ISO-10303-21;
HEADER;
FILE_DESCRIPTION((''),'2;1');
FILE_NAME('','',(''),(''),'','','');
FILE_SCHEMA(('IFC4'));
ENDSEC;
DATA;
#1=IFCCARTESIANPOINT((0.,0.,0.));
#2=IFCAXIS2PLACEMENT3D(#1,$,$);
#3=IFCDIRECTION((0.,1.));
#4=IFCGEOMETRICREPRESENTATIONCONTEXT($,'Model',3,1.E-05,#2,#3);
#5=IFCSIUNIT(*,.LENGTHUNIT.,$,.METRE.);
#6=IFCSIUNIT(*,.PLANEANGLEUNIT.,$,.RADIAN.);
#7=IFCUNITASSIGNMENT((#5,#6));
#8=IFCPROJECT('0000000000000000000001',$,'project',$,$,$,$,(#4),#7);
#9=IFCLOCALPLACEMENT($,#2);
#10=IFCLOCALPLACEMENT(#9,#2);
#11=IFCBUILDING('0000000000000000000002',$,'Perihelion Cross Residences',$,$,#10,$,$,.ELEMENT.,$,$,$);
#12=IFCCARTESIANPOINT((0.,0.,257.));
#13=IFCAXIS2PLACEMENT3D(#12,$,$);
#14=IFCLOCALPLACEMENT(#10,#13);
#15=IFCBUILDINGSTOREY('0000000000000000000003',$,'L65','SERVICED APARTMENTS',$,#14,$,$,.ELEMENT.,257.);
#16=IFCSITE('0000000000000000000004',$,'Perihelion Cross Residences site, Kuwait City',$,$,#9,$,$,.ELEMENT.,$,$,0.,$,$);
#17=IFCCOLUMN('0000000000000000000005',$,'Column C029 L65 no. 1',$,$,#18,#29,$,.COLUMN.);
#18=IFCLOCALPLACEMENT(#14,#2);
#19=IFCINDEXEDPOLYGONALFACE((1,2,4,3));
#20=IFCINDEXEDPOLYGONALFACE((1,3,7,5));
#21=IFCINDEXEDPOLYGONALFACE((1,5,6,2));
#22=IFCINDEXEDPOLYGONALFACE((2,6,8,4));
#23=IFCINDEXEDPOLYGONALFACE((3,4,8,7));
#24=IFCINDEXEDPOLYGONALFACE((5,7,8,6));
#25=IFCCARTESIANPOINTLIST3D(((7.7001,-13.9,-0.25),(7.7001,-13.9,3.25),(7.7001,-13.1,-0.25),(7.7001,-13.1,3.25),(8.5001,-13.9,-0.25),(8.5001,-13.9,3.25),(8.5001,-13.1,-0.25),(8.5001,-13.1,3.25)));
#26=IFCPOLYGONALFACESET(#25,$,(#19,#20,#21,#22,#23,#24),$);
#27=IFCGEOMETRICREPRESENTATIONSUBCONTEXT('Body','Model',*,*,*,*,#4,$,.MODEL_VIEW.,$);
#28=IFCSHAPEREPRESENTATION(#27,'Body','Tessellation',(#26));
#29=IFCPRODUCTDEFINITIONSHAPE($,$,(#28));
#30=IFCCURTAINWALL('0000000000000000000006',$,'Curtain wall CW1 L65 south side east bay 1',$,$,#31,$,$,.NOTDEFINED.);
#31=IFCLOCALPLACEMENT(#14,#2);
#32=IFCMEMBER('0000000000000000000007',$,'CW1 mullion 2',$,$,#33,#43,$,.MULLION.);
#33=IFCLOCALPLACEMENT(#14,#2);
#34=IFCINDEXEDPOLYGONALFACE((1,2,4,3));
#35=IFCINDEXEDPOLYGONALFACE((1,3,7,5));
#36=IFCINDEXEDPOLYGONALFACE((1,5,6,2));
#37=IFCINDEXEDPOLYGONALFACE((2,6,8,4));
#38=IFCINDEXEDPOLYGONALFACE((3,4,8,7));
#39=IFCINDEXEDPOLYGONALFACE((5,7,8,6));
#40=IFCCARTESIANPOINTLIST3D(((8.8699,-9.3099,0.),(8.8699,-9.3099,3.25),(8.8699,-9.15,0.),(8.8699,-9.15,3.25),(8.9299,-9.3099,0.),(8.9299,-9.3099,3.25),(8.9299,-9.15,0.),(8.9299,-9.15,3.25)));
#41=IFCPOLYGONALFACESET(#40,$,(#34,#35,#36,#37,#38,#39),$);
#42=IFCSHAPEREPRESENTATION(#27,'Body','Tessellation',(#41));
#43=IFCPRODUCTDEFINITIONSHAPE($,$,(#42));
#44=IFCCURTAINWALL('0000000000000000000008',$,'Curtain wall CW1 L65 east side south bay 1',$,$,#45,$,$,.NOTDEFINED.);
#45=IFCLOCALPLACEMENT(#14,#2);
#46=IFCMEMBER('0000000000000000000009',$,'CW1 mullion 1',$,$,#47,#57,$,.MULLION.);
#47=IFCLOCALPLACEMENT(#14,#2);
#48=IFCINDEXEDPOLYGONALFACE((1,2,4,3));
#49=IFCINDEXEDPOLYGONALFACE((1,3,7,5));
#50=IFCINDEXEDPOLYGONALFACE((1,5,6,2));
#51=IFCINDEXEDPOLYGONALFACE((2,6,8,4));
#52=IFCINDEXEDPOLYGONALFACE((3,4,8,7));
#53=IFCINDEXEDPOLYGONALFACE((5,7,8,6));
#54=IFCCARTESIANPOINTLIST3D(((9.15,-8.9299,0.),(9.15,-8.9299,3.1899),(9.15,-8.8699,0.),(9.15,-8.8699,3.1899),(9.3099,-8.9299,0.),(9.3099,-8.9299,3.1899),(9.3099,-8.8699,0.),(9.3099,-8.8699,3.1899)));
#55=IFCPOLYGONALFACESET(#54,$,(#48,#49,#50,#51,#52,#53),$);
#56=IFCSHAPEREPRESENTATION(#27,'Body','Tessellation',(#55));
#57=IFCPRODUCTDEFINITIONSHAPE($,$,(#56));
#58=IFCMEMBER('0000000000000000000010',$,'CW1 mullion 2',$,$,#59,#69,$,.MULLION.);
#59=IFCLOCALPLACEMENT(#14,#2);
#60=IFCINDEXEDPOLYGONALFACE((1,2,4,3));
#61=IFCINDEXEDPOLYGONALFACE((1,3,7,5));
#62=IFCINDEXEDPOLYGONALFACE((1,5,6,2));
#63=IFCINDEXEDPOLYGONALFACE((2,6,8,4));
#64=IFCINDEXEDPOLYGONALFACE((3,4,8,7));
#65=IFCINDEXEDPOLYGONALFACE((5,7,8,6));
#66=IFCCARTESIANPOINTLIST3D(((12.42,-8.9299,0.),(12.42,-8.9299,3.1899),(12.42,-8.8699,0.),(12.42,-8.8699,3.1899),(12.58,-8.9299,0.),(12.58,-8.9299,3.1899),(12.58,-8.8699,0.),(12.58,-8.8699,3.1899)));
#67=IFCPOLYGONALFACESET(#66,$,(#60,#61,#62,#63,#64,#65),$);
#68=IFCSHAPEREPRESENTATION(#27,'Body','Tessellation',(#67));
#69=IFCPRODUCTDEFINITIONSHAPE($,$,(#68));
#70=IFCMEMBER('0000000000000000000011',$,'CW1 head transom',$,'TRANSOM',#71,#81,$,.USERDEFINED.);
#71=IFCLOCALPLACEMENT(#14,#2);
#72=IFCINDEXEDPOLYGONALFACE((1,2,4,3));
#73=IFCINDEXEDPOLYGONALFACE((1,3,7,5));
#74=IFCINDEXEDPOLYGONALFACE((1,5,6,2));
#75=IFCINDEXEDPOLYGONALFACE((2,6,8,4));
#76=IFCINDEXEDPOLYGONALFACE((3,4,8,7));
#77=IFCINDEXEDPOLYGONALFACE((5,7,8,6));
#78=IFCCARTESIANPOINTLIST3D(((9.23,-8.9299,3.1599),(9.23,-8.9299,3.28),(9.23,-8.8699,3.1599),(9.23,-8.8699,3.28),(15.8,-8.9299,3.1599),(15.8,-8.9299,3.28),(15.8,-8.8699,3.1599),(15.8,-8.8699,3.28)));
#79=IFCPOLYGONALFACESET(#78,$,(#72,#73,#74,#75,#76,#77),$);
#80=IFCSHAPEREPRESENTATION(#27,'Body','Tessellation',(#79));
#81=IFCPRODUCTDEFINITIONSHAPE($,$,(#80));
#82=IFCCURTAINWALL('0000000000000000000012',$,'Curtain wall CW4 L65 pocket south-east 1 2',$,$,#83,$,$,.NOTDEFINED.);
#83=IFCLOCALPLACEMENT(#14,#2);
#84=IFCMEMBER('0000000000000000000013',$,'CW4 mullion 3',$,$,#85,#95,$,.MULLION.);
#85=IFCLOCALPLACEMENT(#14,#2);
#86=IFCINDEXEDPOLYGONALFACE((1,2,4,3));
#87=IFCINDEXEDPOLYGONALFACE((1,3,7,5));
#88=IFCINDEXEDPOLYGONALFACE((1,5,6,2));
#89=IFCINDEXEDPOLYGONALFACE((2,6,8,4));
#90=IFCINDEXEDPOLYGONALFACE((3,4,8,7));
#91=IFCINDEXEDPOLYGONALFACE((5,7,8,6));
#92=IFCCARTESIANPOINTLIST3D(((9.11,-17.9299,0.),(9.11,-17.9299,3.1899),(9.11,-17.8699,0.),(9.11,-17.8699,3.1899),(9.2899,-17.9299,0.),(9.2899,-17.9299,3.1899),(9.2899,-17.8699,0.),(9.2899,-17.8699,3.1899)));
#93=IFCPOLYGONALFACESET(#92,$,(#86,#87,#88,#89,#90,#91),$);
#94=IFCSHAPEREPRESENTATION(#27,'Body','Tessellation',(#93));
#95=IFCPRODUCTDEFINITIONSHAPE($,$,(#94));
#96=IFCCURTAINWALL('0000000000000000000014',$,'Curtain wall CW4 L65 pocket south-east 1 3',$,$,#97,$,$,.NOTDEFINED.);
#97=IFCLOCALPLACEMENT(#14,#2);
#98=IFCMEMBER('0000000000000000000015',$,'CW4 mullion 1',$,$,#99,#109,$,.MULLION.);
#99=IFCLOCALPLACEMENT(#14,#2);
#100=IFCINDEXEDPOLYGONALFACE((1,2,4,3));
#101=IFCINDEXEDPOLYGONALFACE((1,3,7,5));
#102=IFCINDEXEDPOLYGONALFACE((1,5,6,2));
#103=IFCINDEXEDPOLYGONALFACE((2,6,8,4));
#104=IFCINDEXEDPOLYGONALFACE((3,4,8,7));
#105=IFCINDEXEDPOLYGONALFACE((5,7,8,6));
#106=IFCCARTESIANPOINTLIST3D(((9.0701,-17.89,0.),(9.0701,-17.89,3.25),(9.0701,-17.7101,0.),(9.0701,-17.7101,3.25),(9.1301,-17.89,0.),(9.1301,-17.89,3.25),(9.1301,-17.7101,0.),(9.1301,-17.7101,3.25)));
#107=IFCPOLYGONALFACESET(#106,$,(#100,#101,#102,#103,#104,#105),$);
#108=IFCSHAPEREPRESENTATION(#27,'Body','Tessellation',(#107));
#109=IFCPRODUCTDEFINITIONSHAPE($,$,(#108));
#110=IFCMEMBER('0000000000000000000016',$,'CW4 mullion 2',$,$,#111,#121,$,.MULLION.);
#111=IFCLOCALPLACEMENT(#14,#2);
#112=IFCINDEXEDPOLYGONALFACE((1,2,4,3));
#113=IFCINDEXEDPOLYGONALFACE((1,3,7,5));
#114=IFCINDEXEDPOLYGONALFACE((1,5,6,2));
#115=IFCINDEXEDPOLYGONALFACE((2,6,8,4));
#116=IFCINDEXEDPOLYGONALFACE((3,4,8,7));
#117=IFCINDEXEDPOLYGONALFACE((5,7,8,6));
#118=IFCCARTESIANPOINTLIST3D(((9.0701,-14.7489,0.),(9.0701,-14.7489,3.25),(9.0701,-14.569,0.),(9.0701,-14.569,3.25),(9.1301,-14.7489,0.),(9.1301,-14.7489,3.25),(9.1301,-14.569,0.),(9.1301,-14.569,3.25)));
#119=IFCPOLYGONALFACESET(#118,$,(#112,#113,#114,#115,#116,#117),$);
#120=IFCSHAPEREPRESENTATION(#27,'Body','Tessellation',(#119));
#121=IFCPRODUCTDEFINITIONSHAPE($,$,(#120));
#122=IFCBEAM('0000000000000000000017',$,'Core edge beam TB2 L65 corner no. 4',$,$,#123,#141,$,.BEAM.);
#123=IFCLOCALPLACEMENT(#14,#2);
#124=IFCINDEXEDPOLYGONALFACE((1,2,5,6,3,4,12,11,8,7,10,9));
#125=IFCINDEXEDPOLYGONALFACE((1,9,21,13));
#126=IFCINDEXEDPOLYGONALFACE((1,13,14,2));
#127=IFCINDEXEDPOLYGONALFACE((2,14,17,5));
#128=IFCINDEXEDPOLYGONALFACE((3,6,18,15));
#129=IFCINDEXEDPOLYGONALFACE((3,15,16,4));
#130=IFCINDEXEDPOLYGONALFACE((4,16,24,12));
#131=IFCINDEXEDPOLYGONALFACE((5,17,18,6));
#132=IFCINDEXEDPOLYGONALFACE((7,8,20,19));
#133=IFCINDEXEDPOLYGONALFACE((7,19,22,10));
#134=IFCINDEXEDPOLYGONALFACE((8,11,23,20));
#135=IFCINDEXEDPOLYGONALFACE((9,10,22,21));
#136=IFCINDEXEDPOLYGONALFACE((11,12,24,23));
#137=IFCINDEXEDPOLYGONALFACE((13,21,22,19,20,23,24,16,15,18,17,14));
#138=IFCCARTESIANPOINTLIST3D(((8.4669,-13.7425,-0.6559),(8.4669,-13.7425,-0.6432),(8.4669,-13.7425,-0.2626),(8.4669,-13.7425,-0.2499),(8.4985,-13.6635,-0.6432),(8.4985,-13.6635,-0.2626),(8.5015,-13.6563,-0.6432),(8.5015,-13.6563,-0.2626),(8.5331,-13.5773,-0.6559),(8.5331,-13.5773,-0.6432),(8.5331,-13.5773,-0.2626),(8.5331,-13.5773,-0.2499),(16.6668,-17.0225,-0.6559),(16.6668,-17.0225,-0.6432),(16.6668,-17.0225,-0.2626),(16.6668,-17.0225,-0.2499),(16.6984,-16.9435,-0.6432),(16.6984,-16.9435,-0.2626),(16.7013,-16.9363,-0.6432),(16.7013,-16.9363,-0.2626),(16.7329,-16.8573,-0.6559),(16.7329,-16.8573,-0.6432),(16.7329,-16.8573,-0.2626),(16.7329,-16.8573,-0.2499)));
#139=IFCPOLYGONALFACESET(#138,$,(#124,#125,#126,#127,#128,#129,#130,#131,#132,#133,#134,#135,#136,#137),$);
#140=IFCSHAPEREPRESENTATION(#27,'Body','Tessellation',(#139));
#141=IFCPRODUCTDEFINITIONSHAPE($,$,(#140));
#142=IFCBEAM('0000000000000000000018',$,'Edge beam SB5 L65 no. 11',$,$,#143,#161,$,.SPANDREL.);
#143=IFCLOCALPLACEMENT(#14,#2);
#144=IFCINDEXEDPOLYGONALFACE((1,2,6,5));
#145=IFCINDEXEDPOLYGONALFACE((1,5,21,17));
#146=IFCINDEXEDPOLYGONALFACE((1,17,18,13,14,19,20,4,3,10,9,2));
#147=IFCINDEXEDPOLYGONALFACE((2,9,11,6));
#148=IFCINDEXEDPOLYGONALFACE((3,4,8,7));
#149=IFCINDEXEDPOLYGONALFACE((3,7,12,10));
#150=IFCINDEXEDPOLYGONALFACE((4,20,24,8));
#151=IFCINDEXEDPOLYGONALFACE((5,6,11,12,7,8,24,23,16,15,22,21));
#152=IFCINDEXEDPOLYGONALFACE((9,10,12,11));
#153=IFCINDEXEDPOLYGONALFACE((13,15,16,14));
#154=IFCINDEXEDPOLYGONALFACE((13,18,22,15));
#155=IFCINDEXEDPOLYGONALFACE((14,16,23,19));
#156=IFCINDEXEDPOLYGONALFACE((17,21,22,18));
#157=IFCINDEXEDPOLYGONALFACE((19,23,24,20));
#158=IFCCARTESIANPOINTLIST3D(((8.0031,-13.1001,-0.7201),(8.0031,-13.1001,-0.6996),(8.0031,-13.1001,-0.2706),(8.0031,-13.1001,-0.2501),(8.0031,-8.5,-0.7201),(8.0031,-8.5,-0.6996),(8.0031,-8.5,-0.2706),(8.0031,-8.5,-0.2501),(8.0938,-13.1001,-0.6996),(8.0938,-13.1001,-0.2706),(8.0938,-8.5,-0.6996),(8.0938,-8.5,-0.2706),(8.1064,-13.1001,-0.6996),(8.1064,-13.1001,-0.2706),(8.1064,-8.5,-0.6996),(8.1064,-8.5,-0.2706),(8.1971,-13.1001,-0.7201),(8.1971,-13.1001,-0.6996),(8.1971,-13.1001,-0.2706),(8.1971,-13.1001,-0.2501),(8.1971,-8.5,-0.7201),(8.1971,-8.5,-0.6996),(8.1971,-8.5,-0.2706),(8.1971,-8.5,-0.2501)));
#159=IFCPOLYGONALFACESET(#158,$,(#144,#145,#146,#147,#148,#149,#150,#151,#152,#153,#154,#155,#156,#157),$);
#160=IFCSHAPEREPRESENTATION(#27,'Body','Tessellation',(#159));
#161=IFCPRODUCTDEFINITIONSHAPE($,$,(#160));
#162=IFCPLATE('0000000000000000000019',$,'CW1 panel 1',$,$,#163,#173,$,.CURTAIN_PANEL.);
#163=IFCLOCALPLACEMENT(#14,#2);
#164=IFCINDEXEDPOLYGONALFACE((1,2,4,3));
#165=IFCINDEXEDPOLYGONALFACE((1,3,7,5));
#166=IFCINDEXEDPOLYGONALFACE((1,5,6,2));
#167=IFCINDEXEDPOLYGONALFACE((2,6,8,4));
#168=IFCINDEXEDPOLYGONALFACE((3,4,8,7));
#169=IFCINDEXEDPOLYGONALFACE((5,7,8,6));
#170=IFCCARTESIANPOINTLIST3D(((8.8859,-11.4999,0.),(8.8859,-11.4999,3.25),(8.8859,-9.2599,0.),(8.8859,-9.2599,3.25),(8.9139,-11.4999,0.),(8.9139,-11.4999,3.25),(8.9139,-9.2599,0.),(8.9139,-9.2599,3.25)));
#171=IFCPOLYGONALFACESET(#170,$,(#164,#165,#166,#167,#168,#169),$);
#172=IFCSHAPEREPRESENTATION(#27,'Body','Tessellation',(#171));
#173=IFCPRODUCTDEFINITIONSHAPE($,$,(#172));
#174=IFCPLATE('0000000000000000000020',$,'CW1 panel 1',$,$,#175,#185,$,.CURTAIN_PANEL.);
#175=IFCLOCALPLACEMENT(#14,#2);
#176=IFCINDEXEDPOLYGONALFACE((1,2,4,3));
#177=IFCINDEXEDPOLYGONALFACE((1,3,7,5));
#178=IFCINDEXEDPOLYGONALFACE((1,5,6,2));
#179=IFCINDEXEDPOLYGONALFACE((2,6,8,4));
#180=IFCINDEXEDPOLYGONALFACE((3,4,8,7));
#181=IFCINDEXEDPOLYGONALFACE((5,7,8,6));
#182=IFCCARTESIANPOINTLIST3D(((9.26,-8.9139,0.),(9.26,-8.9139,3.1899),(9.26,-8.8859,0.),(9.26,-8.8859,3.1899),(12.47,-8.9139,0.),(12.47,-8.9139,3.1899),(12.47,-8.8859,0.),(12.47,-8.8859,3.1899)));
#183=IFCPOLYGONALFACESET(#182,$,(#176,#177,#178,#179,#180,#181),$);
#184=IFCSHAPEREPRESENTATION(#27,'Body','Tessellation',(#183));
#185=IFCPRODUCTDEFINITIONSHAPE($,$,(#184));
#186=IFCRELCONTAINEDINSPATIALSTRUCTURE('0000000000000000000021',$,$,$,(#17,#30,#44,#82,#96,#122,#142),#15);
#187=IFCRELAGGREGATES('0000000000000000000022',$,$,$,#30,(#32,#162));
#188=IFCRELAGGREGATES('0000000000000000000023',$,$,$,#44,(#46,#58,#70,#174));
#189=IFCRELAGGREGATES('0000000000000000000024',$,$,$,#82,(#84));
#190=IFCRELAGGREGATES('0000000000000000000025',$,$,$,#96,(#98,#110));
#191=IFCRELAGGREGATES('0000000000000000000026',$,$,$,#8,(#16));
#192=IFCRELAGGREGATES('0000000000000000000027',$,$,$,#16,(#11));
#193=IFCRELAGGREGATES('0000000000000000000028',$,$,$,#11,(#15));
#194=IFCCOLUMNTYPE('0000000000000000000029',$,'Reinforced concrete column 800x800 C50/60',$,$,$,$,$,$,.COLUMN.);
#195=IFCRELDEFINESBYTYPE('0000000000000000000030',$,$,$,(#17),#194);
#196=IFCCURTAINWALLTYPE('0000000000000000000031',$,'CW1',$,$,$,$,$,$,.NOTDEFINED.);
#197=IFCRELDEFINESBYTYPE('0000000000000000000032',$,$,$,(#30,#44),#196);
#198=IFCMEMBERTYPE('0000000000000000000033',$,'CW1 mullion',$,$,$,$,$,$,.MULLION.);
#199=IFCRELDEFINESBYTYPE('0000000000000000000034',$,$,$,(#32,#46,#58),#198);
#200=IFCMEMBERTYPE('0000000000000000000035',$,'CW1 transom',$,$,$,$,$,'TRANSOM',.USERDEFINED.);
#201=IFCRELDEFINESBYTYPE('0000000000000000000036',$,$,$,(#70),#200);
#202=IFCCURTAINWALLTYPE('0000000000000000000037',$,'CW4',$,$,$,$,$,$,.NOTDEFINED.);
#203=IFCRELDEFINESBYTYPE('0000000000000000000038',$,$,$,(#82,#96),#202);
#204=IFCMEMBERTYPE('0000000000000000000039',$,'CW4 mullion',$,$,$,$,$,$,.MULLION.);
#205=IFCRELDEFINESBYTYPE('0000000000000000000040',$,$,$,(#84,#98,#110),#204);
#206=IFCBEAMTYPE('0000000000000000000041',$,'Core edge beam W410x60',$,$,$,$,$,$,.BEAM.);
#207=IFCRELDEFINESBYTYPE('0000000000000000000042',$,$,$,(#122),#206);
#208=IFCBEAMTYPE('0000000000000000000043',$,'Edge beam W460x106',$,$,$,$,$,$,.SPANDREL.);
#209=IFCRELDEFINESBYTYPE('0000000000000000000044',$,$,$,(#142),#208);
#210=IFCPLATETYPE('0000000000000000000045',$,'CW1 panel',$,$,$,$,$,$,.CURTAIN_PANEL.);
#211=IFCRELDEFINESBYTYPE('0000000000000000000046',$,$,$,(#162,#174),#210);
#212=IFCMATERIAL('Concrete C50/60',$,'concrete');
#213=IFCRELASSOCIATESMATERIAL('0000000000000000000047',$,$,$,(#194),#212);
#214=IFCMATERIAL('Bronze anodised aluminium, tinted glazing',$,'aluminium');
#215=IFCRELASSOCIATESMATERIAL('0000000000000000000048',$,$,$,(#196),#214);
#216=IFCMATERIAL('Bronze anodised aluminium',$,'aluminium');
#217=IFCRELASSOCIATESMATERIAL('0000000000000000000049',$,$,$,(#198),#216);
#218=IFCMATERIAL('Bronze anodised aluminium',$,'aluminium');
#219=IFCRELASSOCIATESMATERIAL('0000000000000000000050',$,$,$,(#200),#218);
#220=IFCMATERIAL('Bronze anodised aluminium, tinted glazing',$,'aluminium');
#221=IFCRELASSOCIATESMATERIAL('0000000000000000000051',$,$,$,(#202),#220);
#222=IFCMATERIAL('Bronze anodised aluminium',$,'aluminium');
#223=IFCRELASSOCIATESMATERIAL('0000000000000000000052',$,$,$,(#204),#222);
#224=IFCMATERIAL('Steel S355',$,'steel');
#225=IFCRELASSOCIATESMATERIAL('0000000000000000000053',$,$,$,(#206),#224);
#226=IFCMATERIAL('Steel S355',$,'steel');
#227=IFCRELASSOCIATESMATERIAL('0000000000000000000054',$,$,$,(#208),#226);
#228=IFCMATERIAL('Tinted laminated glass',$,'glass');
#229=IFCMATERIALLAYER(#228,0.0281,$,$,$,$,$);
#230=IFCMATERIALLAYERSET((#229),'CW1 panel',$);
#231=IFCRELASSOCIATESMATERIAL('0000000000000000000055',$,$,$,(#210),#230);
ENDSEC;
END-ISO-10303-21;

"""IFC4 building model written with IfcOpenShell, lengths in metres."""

from ifc_helpers import new_model, si_unit, direction, frame, origin, origin_2d, place, context, subcontext, project, spatial, rectangle, i_section, extrude, material, layer, layer_set, material_profile, profile_set, type_object, element, aggregate, save


model = new_model("IFC4")

# Units and contexts
model_context = context("Model", 3, precision=1e-05, world=origin(), true_north=direction((0.0, 1.0)))
body_context = subcontext(model_context, "Body", "Model", "MODEL_VIEW")
ifc_project = project(units=[si_unit("LENGTHUNIT", "METRE"), si_unit("PLANEANGLEUNIT", "RADIAN")], contexts=[model_context])

# Site, building, storey
site_placement = place(None, origin())
site = spatial("IfcSite", under=ifc_project, at=site_placement, Name="Perihelion Cross Residences site, Kuwait City", CompositionType="ELEMENT", RefElevation=0.0)
building_placement = place(site_placement, origin())
building = spatial("IfcBuilding", under=site, at=building_placement, Name="Perihelion Cross Residences", CompositionType="ELEMENT")
storey_placement = place(building_placement, frame((0.0, 0.0, 257.0)))
storey = spatial("IfcBuildingStorey", under=building, at=storey_placement, Name="L65", Description="SERVICED APARTMENTS", CompositionType="ELEMENT", Elevation=257.0)

# Column
ifc_material_1 = material(Name="Concrete C50/60", Category="concrete")
ifc_material_profile_1 = material_profile(ifc_material_1, rectangle(XDim=0.8, YDim=0.8, at=origin_2d()), Name="RC 800x800")
ifc_profile_set_1 = profile_set([ifc_material_profile_1], Name="Concrete C50/60")
column_type = type_object("IfcColumnType", Name="Reinforced concrete column 800x800 C50/60", PredefinedType="COLUMN", material=ifc_profile_set_1)
column_placement = place(storey_placement, frame((8.1001, -13.5, -0.25), z_axis=(0.0, 0.0, 1.0), x_axis=(1.0, 0.0, 0.0)))
element("IfcColumn", 1, at=column_placement, inside=storey, type_object=column_type, Name="Column C029 L65 no. 1", PredefinedType="COLUMN", context=body_context, shape_type="SweptSolid", body=[
    extrude(rectangle(XDim=0.8, YDim=0.8, at=origin_2d()), origin(), (0.0, 0.0, 1.0), 3.5),
])

# Curtain wall, member
ifc_material_2 = material(Name="Bronze anodised aluminium, tinted glazing", Category="aluminium")
curtain_wall_type_1 = type_object("IfcCurtainWallType", Name="CW1", PredefinedType="NOTDEFINED", material=ifc_material_2)
curtain_wall_1_placement = place(storey_placement, origin())
curtain_wall_1 = element("IfcCurtainWall", 2, at=curtain_wall_1_placement, inside=storey, type_object=curtain_wall_type_1, Name="Curtain wall CW1 L65 south side east bay 1", PredefinedType="NOTDEFINED")
ifc_material_3 = material(Name="Bronze anodised aluminium", Category="aluminium")
ifc_material_profile_2 = material_profile(ifc_material_3, rectangle(XDim=0.0601, YDim=0.1599, at=origin_2d()), Name="CW1 mullion")
ifc_profile_set_2 = profile_set([ifc_material_profile_2], Name="Bronze anodised aluminium")
member_type_1 = type_object("IfcMemberType", Name="CW1 mullion", PredefinedType="MULLION", material=ifc_profile_set_2)
member_1_placement = place(storey_placement, frame((8.8999, -9.23, 0.0), z_axis=(0.0, 0.0, 1.0), x_axis=(-1.0, 0.0, 0.0)))
member_1 = element("IfcMember", 3, at=member_1_placement, type_object=member_type_1, Name="CW1 mullion 2", PredefinedType="MULLION", context=body_context, shape_type="SweptSolid", body=[
    extrude(rectangle(XDim=0.0601, YDim=0.1599, at=origin_2d()), origin(), (0.0, 0.0, 1.0), 3.25),
])

# Curtain wall, members
curtain_wall_2_placement = place(storey_placement, origin())
curtain_wall_2 = element("IfcCurtainWall", 4, at=curtain_wall_2_placement, inside=storey, type_object=curtain_wall_type_1, Name="Curtain wall CW1 L65 east side south bay 1", PredefinedType="NOTDEFINED")
member_2_placement = place(storey_placement, frame((9.23, -8.8999, 0.0), z_axis=(0.0, 0.0, 1.0), x_axis=(0.0, 1.0, 0.0)))
member_2 = element("IfcMember", 5, at=member_2_placement, type_object=member_type_1, Name="CW1 mullion 1", PredefinedType="MULLION", context=body_context, shape_type="SweptSolid", body=[
    extrude(rectangle(XDim=0.0601, YDim=0.1599, at=origin_2d()), origin(), (0.0, 0.0, 1.0), 3.1899),
])
member_3_placement = place(storey_placement, frame((12.5, -8.8999, 0.0), z_axis=(0.0, 0.0, 1.0), x_axis=(0.0, 1.0, 0.0)))
member_3 = element("IfcMember", 6, at=member_3_placement, type_object=member_type_1, Name="CW1 mullion 2", PredefinedType="MULLION", context=body_context, shape_type="SweptSolid", body=[
    extrude(rectangle(XDim=0.0601, YDim=0.1599, at=origin_2d()), origin(), (0.0, 0.0, 1.0), 3.1899),
])
ifc_material_4 = material(Name="Bronze anodised aluminium", Category="aluminium")
ifc_material_profile_3 = material_profile(ifc_material_4, rectangle(XDim=0.0601, YDim=0.1201, at=origin_2d()), Name="CW1 transom")
ifc_profile_set_3 = profile_set([ifc_material_profile_3], Name="Bronze anodised aluminium")
member_type_2 = type_object("IfcMemberType", Name="CW1 transom", ElementType="TRANSOM", PredefinedType="USERDEFINED", material=ifc_profile_set_3)
member_4_placement = place(storey_placement, frame((9.23, -8.8999, 3.22), z_axis=(1.0, 0.0, 0.0), x_axis=(0.0, 1.0, 0.0)))
member_4 = element("IfcMember", 7, at=member_4_placement, type_object=member_type_2, Name="CW1 head transom", ObjectType="TRANSOM", PredefinedType="USERDEFINED", context=body_context, shape_type="SweptSolid", body=[
    extrude(rectangle(XDim=0.0601, YDim=0.1201, at=origin_2d()), origin(), (0.0, 0.0, 1.0), 6.5701),
])

# Curtain wall, member
ifc_material_5 = material(Name="Bronze anodised aluminium, tinted glazing", Category="aluminium")
curtain_wall_type_2 = type_object("IfcCurtainWallType", Name="CW4", PredefinedType="NOTDEFINED", material=ifc_material_5)
curtain_wall_3_placement = place(storey_placement, origin())
curtain_wall_3 = element("IfcCurtainWall", 8, at=curtain_wall_3_placement, inside=storey, type_object=curtain_wall_type_2, Name="Curtain wall CW4 L65 pocket south-east 1 2", PredefinedType="NOTDEFINED")
ifc_material_6 = material(Name="Bronze anodised aluminium", Category="aluminium")
ifc_material_profile_4 = material_profile(ifc_material_6, rectangle(XDim=0.0601, YDim=0.1799, at=origin_2d()), Name="CW4 mullion")
ifc_profile_set_4 = profile_set([ifc_material_profile_4], Name="Bronze anodised aluminium")
member_type_3 = type_object("IfcMemberType", Name="CW4 mullion", PredefinedType="MULLION", material=ifc_profile_set_4)
member_5_placement = place(storey_placement, frame((9.2, -17.8999, 0.0), z_axis=(0.0, 0.0, 1.0), x_axis=(0.0, -1.0, 0.0)))
member_5 = element("IfcMember", 9, at=member_5_placement, type_object=member_type_3, Name="CW4 mullion 3", PredefinedType="MULLION", context=body_context, shape_type="SweptSolid", body=[
    extrude(rectangle(XDim=0.0601, YDim=0.1799, at=origin_2d()), origin(), (0.0, 0.0, 1.0), 3.1899),
])

# Curtain wall, members
curtain_wall_4_placement = place(storey_placement, origin())
curtain_wall_4 = element("IfcCurtainWall", 10, at=curtain_wall_4_placement, inside=storey, type_object=curtain_wall_type_2, Name="Curtain wall CW4 L65 pocket south-east 1 3", PredefinedType="NOTDEFINED")
member_6_placement = place(storey_placement, frame((9.1001, -17.8, 0.0), z_axis=(0.0, 0.0, 1.0), x_axis=(-1.0, 0.0, 0.0)))
member_6 = element("IfcMember", 11, at=member_6_placement, type_object=member_type_3, Name="CW4 mullion 1", PredefinedType="MULLION", context=body_context, shape_type="SweptSolid", body=[
    extrude(rectangle(XDim=0.0601, YDim=0.1799, at=origin_2d()), origin(), (0.0, 0.0, 1.0), 3.25),
])
member_7_placement = place(storey_placement, frame((9.1001, -14.6589, 0.0), z_axis=(0.0, 0.0, 1.0), x_axis=(-1.0, 0.0, 0.0)))
member_7 = element("IfcMember", 12, at=member_7_placement, type_object=member_type_3, Name="CW4 mullion 2", PredefinedType="MULLION", context=body_context, shape_type="SweptSolid", body=[
    extrude(rectangle(XDim=0.0601, YDim=0.1799, at=origin_2d()), origin(), (0.0, 0.0, 1.0), 3.25),
])

# Beams
ifc_material_7 = material(Name="Steel S355", Category="steel")
ifc_material_profile_5 = material_profile(ifc_material_7, i_section(OverallWidth=0.178, OverallDepth=0.406, WebThickness=0.0078, FlangeThickness=0.0127, at=origin_2d()), Name="W410x60")
ifc_profile_set_5 = profile_set([ifc_material_profile_5], Name="Steel S355")
beam_type_1 = type_object("IfcBeamType", Name="Core edge beam W410x60", PredefinedType="BEAM", material=ifc_profile_set_5)
beam_1_placement = place(storey_placement, frame((8.5, -13.6599, -0.4529), z_axis=(0.928475, -0.371395, 0.0), x_axis=(0.371395, 0.928475, 0.0)))
element("IfcBeam", 13, at=beam_1_placement, inside=storey, type_object=beam_type_1, Name="Core edge beam TB2 L65 corner no. 4", PredefinedType="BEAM", context=body_context, shape_type="SweptSolid", body=[
    extrude(i_section(OverallWidth=0.178, OverallDepth=0.406, WebThickness=0.0078, FlangeThickness=0.0127, at=origin_2d()), origin(), (0.0, 0.0, 1.0), 8.8315),
])
ifc_material_8 = material(Name="Steel S355", Category="steel")
ifc_material_profile_6 = material_profile(ifc_material_8, i_section(OverallWidth=0.1941, OverallDepth=0.47, WebThickness=0.0127, FlangeThickness=0.0205, at=origin_2d()), Name="W460x106")
ifc_profile_set_6 = profile_set([ifc_material_profile_6], Name="Steel S355")
beam_type_2 = type_object("IfcBeamType", Name="Edge beam W460x106", PredefinedType="SPANDREL", material=ifc_profile_set_6)
beam_2_placement = place(storey_placement, frame((8.1001, -13.1001, -0.4851), z_axis=(0.0, 1.0, 0.0), x_axis=(-1.0, 0.0, 0.0)))
element("IfcBeam", 14, at=beam_2_placement, inside=storey, type_object=beam_type_2, Name="Edge beam SB5 L65 no. 11", PredefinedType="SPANDREL", context=body_context, shape_type="SweptSolid", body=[
    extrude(i_section(OverallWidth=0.1941, OverallDepth=0.47, WebThickness=0.0127, FlangeThickness=0.0205, at=origin_2d()), origin(), (0.0, 0.0, 1.0), 4.6001),
])

# Plates
ifc_material_9 = material(Name="Tinted laminated glass", Category="glass")
ifc_layer_1 = layer(ifc_material_9, 0.0281)
ifc_layer_set_1 = layer_set([ifc_layer_1], Name="CW1 panel")
plate_type_1 = type_object("IfcPlateType", Name="CW1 panel", PredefinedType="CURTAIN_PANEL", material=ifc_layer_set_1)
plate_1_placement = place(storey_placement, frame((8.8999, -10.3799, 0.0), z_axis=(0.0, 0.0, 1.0), x_axis=(0.0, 1.0, 0.0)))
plate_1 = element("IfcPlate", 15, at=plate_1_placement, type_object=plate_type_1, Name="CW1 panel 1", PredefinedType="CURTAIN_PANEL", context=body_context, shape_type="SweptSolid", body=[
    extrude(rectangle(XDim=2.24, YDim=0.0281, at=origin_2d()), origin(), (0.0, 0.0, 1.0), 3.25),
])
aggregate(curtain_wall_1, [member_1, plate_1])
plate_2_placement = place(storey_placement, frame((10.865, -8.8999, 0.0), z_axis=(0.0, 0.0, 1.0), x_axis=(1.0, 0.0, 0.0)))
plate_2 = element("IfcPlate", 16, at=plate_2_placement, type_object=plate_type_1, Name="CW1 panel 1", PredefinedType="CURTAIN_PANEL", context=body_context, shape_type="SweptSolid", body=[
    extrude(rectangle(XDim=3.21, YDim=0.0281, at=origin_2d()), origin(), (0.0, 0.0, 1.0), 3.1899),
])
aggregate(curtain_wall_2, [member_2, member_3, member_4, plate_2])
aggregate(curtain_wall_3, [member_5])
aggregate(curtain_wall_4, [member_6, member_7])

save(model, "model.ifc")
